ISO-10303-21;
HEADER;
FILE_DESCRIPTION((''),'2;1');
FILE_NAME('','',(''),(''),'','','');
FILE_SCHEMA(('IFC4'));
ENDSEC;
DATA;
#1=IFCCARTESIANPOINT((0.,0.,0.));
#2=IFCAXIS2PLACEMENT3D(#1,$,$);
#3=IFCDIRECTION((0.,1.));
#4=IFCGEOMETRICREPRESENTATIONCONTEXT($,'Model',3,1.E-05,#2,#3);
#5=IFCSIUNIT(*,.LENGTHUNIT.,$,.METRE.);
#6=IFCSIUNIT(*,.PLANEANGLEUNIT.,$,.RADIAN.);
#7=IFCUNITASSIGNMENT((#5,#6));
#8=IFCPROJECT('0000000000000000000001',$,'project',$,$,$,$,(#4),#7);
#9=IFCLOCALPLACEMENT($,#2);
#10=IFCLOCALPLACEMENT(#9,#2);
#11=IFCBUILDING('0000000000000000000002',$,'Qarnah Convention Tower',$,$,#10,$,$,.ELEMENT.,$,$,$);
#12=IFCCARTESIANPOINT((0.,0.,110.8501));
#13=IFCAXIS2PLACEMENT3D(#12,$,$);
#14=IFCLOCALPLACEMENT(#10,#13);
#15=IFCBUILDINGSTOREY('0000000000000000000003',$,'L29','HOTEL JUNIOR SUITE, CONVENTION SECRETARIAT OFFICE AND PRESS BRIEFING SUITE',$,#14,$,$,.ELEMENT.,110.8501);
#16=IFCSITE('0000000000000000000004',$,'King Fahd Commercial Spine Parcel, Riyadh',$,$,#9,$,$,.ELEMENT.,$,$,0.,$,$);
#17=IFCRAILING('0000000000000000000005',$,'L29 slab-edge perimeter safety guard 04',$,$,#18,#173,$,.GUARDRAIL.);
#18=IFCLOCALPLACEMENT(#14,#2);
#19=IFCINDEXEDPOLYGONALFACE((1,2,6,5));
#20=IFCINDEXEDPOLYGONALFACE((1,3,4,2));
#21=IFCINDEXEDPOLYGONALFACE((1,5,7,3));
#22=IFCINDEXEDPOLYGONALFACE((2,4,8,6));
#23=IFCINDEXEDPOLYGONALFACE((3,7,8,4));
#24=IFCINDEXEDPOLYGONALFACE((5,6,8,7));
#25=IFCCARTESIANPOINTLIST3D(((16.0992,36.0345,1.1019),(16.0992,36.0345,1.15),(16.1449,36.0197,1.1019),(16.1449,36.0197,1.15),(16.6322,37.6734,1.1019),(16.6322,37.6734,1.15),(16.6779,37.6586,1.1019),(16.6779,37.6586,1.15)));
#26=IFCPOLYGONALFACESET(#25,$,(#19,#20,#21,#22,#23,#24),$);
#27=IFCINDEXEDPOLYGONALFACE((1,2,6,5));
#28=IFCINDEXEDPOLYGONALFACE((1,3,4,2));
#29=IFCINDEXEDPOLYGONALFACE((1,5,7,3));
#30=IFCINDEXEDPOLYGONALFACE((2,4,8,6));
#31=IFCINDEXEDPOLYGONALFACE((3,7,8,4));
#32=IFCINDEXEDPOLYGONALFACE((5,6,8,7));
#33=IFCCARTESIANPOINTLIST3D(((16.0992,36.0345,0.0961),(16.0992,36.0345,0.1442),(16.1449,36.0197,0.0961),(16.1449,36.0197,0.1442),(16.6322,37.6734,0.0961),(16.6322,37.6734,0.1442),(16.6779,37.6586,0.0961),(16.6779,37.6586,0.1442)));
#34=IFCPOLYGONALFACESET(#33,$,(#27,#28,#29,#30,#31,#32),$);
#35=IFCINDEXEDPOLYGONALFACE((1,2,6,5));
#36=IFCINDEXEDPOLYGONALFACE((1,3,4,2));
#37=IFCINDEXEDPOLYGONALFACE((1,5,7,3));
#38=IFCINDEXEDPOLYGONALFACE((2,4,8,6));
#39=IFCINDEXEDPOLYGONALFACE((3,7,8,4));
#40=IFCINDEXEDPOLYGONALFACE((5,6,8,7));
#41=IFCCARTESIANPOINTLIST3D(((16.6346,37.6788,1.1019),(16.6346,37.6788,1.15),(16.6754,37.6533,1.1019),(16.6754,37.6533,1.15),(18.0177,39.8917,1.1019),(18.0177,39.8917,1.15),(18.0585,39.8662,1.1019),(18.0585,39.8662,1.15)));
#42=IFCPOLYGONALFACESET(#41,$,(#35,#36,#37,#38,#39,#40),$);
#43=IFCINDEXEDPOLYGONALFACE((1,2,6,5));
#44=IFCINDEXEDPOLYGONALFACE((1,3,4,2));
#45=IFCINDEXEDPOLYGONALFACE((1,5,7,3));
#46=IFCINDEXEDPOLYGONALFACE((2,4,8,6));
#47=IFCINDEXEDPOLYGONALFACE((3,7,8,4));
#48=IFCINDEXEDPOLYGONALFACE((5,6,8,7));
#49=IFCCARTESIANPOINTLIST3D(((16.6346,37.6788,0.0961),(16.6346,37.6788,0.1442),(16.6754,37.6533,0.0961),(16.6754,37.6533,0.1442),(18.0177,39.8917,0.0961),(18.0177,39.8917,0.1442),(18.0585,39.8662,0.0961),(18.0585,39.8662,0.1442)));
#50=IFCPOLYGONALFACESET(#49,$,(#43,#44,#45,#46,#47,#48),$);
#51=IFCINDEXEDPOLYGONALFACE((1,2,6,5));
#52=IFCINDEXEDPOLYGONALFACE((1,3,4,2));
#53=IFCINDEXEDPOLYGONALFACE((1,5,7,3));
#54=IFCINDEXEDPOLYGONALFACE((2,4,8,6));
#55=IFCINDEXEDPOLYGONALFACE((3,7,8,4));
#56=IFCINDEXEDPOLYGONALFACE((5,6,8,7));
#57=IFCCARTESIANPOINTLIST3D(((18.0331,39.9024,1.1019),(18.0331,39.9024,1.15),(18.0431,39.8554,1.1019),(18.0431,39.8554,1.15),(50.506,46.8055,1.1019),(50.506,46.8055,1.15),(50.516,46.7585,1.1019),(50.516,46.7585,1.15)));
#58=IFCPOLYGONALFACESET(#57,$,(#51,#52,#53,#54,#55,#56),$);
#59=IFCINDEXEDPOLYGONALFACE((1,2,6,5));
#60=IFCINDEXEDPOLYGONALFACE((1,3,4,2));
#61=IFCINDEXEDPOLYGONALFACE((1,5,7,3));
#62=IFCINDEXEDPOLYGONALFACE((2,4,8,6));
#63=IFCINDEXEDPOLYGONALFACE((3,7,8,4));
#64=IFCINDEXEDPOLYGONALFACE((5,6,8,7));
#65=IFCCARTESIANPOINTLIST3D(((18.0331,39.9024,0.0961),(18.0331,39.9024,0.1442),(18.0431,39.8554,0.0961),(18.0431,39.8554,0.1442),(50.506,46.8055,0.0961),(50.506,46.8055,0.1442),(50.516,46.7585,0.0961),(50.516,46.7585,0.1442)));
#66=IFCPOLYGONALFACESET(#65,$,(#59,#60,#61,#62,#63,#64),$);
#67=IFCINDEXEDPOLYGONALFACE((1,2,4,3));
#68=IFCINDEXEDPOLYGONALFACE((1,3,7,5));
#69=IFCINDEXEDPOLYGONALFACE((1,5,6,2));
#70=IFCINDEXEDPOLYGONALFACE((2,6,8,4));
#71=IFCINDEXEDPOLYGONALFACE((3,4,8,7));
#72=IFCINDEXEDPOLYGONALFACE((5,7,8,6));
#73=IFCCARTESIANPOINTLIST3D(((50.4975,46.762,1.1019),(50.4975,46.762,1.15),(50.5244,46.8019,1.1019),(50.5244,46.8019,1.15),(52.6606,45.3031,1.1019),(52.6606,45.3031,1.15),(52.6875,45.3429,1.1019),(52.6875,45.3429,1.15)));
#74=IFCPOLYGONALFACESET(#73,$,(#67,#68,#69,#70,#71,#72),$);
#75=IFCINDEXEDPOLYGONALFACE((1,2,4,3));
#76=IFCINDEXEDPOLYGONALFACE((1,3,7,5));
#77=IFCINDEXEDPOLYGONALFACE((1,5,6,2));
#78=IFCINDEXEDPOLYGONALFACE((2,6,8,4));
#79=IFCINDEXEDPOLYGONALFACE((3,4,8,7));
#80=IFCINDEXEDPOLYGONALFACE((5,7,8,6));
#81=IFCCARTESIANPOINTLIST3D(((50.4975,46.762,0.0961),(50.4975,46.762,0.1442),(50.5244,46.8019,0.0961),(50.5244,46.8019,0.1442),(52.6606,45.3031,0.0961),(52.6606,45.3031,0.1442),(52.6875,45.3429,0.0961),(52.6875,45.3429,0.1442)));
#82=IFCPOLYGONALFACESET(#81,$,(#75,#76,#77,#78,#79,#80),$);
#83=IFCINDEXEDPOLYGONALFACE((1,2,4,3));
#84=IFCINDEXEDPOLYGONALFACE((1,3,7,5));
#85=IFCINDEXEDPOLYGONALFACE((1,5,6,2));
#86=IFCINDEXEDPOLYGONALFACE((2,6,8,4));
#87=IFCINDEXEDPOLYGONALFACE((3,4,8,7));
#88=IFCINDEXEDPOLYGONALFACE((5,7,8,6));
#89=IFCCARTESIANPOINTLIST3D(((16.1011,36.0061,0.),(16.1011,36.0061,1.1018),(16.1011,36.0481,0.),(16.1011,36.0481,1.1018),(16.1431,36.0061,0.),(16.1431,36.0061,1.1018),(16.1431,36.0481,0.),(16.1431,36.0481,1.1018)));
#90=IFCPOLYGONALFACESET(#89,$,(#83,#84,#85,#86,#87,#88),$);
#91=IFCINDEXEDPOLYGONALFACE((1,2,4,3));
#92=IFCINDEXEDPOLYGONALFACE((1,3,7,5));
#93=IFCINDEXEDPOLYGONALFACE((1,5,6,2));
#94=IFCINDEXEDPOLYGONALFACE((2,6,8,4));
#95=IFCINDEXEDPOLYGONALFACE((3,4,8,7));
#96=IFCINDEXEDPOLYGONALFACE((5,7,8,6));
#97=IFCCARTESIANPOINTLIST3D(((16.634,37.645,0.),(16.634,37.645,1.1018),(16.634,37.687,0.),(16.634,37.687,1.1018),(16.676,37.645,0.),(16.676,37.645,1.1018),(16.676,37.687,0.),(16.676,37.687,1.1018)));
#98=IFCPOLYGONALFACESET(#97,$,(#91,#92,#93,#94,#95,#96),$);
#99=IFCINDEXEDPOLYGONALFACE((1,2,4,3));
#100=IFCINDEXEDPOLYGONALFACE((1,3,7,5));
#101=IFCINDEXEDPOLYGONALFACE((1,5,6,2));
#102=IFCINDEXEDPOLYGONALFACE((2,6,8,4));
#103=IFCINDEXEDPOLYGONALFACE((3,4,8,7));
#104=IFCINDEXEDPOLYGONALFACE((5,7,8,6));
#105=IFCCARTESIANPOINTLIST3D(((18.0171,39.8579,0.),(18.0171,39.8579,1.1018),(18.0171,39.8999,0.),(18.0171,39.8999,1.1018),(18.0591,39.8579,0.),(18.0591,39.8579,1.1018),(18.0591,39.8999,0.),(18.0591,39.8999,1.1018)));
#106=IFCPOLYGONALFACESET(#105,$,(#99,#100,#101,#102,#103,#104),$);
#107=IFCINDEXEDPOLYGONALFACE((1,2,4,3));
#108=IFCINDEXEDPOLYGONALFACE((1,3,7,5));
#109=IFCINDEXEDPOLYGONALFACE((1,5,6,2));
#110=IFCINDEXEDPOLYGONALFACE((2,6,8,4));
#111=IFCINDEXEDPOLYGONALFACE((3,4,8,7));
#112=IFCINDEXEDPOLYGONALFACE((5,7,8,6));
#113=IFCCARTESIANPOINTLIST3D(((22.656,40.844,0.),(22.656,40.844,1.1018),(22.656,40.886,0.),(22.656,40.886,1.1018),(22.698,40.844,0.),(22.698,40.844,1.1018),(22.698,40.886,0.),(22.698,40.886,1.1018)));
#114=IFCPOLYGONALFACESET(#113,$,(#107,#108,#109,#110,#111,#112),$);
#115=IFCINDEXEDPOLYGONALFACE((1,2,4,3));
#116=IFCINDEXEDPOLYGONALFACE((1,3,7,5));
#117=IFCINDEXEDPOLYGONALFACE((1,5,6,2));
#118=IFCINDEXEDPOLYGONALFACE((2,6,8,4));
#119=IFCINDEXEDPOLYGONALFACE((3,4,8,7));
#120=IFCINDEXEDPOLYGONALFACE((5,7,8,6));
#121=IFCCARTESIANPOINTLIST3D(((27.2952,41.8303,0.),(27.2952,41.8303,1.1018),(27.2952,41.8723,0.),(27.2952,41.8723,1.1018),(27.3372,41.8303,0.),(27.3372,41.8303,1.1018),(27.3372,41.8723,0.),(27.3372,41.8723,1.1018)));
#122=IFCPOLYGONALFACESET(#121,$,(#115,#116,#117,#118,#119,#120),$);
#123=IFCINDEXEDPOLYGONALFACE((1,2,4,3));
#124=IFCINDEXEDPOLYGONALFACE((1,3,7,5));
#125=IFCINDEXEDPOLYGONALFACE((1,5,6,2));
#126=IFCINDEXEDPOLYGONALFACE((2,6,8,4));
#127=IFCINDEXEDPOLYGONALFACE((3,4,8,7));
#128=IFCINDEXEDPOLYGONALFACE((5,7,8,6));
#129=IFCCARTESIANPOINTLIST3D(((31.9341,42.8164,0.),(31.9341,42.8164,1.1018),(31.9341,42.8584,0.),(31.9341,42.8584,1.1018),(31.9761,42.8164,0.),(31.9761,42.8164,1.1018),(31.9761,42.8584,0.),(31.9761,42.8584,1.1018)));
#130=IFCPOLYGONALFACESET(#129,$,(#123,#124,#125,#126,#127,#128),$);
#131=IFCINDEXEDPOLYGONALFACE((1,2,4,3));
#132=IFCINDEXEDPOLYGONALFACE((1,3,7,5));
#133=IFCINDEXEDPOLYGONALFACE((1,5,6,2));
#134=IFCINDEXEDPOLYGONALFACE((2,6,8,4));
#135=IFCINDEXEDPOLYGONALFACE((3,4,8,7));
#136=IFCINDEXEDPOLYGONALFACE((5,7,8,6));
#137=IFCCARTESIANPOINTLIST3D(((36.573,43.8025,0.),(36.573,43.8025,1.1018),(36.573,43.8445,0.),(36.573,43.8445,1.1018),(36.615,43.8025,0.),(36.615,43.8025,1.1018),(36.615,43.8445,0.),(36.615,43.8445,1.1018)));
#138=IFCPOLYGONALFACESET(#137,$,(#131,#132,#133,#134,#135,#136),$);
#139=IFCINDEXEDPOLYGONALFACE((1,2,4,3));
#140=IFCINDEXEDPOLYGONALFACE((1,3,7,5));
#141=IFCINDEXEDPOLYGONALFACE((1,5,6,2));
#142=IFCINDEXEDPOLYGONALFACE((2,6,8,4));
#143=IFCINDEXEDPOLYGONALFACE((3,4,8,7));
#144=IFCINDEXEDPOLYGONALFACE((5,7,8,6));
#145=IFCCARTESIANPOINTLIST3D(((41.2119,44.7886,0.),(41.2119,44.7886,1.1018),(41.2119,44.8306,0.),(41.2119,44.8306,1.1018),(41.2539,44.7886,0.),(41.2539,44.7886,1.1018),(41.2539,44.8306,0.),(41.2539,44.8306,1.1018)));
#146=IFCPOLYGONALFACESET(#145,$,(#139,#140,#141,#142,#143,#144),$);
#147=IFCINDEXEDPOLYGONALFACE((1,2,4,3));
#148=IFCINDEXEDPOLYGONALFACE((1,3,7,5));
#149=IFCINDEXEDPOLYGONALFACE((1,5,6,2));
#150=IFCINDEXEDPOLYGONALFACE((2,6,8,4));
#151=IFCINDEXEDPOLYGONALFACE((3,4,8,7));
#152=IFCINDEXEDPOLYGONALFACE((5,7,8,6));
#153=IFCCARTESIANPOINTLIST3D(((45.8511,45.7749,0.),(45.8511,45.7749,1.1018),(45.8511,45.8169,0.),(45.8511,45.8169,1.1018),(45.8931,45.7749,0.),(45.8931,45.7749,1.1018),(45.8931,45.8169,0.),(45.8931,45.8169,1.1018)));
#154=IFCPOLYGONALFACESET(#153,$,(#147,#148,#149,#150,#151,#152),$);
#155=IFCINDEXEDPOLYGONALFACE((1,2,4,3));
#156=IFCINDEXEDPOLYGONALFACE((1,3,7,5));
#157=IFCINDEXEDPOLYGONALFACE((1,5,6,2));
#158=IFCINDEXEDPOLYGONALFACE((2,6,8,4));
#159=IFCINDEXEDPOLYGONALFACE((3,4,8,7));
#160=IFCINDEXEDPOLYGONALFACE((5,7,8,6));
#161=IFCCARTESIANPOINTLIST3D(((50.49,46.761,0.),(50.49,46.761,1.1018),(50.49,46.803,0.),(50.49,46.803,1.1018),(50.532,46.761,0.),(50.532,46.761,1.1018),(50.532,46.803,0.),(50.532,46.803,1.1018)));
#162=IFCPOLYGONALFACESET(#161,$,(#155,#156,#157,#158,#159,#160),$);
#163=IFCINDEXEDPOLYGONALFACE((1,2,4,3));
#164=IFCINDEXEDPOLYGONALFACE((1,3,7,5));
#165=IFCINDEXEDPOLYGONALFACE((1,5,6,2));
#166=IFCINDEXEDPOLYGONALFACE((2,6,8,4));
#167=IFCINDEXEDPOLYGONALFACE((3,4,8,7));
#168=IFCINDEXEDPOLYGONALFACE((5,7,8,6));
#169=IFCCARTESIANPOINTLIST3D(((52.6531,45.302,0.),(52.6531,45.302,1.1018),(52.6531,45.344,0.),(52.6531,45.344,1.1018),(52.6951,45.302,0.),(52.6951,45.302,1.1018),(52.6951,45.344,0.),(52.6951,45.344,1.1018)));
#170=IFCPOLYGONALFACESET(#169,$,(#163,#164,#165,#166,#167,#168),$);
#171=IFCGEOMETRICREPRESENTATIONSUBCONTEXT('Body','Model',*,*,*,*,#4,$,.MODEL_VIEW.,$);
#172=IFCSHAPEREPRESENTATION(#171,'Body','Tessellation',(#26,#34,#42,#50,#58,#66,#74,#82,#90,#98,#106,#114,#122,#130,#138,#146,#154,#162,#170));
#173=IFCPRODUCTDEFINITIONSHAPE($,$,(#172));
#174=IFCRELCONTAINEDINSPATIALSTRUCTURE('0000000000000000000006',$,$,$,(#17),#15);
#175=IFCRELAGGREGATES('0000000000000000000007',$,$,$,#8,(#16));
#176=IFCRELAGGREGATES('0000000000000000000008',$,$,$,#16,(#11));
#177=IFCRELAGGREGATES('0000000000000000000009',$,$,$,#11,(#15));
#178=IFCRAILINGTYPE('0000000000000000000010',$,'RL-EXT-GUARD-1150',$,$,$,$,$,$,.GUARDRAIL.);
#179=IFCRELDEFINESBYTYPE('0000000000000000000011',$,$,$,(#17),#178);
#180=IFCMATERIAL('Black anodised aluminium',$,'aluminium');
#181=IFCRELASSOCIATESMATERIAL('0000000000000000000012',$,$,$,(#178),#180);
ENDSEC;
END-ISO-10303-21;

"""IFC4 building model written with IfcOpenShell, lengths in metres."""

from ifc_helpers import new_model, si_unit, direction, frame, origin, origin_2d, place, context, subcontext, project, spatial, rectangle, extrude, material, type_object, element, save


model = new_model("IFC4")

# Units and contexts
model_context = context("Model", 3, precision=1e-05, world=origin(), true_north=direction((0.0, 1.0)))
body_context = subcontext(model_context, "Body", "Model", "MODEL_VIEW")
ifc_project = project(units=[si_unit("LENGTHUNIT", "METRE"), si_unit("PLANEANGLEUNIT", "RADIAN")], contexts=[model_context])

# Site, building, storey
site_placement = place(None, origin())
site = spatial("IfcSite", under=ifc_project, at=site_placement, Name="King Fahd Commercial Spine Parcel, Riyadh", CompositionType="ELEMENT", RefElevation=0.0)
building_placement = place(site_placement, origin())
building = spatial("IfcBuilding", under=site, at=building_placement, Name="Qarnah Convention Tower", CompositionType="ELEMENT")
storey_placement = place(building_placement, frame((0.0, 0.0, 110.8501)))
storey = spatial("IfcBuildingStorey", under=building, at=storey_placement, Name="L29", Description="HOTEL JUNIOR SUITE, CONVENTION SECRETARIAT OFFICE AND PRESS BRIEFING SUITE", CompositionType="ELEMENT", Elevation=110.8501)

# Shared definitions
ifc_material_1 = material(Name="Black anodised aluminium", Category="aluminium")

# Railing
railing_type = type_object("IfcRailingType", Name="RL-EXT-GUARD-1150", PredefinedType="GUARDRAIL", material=ifc_material_1)
railing_placement = place(storey_placement, frame((16.1221, 36.0271, 0.0)))
element("IfcRailing", 1, at=railing_placement, inside=storey, type_object=railing_type, Name="L29 slab-edge perimeter safety guard 04", PredefinedType="GUARDRAIL", context=body_context, shape_type="SweptSolid", body=[
    extrude(rectangle(XDim=0.0481, YDim=0.0481, at=origin_2d()), frame((0.0, 0.0, 1.126), z_axis=(0.309249, 0.950981, 0.0), x_axis=(-0.950981, 0.309249, 0.0)), (0.0, 0.0, 1.0), 1.7234),
    extrude(rectangle(XDim=0.0481, YDim=0.0481, at=origin_2d()), frame((0.0, 0.0, 0.1201), z_axis=(0.309249, 0.950981, 0.0), x_axis=(-0.950981, 0.309249, 0.0)), (0.0, 0.0, 1.0), 1.7234),
    extrude(rectangle(XDim=0.0481, YDim=0.0481, at=origin_2d()), frame((0.533, 1.6389, 1.126), z_axis=(0.529999, 0.847998, 0.0), x_axis=(-0.847998, 0.529999, 0.0)), (0.0, 0.0, 1.0), 2.6096),
    extrude(rectangle(XDim=0.0481, YDim=0.0481, at=origin_2d()), frame((0.533, 1.6389, 0.1201), z_axis=(0.529999, 0.847998, 0.0), x_axis=(-0.847998, 0.529999, 0.0)), (0.0, 0.0, 1.0), 2.6096),
    extrude(rectangle(XDim=0.0481, YDim=0.0481, at=origin_2d()), frame((1.916, 3.8518, 1.126), z_axis=(0.978143, 0.207933, 0.0), x_axis=(-0.207933, 0.978143, 0.0)), (0.0, 0.0, 1.0), 33.1985),
    extrude(rectangle(XDim=0.0481, YDim=0.0481, at=origin_2d()), frame((1.916, 3.8518, 0.1201), z_axis=(0.978143, 0.207933, 0.0), x_axis=(-0.207933, 0.978143, 0.0)), (0.0, 0.0, 1.0), 33.1985),
    extrude(rectangle(XDim=0.0481, YDim=0.0481, at=origin_2d()), frame((34.3889, 10.7549, 1.126), z_axis=(0.829044, -0.559184, 0.0), x_axis=(0.559184, 0.829044, 0.0)), (0.0, 0.0, 1.0), 2.6091),
    extrude(rectangle(XDim=0.0481, YDim=0.0481, at=origin_2d()), frame((34.3889, 10.7549, 0.1201), z_axis=(0.829044, -0.559184, 0.0), x_axis=(0.559184, 0.829044, 0.0)), (0.0, 0.0, 1.0), 2.6091),
    extrude(rectangle(XDim=0.042, YDim=0.042, at=origin_2d()), origin(), (0.0, 0.0, 1.0), 1.1018),
    extrude(rectangle(XDim=0.042, YDim=0.042, at=origin_2d()), frame((0.533, 1.6389, 0.0)), (0.0, 0.0, 1.0), 1.1018),
    extrude(rectangle(XDim=0.042, YDim=0.042, at=origin_2d()), frame((1.916, 3.8518, 0.0)), (0.0, 0.0, 1.0), 1.1018),
    extrude(rectangle(XDim=0.042, YDim=0.042, at=origin_2d()), frame((6.5549, 4.8379, 0.0)), (0.0, 0.0, 1.0), 1.1018),
    extrude(rectangle(XDim=0.042, YDim=0.042, at=origin_2d()), frame((11.1941, 5.8242, 0.0)), (0.0, 0.0, 1.0), 1.1018),
    extrude(rectangle(XDim=0.042, YDim=0.042, at=origin_2d()), frame((15.833, 6.8103, 0.0)), (0.0, 0.0, 1.0), 1.1018),
    extrude(rectangle(XDim=0.042, YDim=0.042, at=origin_2d()), frame((20.4719, 7.7964, 0.0)), (0.0, 0.0, 1.0), 1.1018),
    extrude(rectangle(XDim=0.042, YDim=0.042, at=origin_2d()), frame((25.1108, 8.7825, 0.0)), (0.0, 0.0, 1.0), 1.1018),
    extrude(rectangle(XDim=0.042, YDim=0.042, at=origin_2d()), frame((29.75, 9.7688, 0.0)), (0.0, 0.0, 1.0), 1.1018),
    extrude(rectangle(XDim=0.042, YDim=0.042, at=origin_2d()), frame((34.3889, 10.7549, 0.0)), (0.0, 0.0, 1.0), 1.1018),
    extrude(rectangle(XDim=0.042, YDim=0.042, at=origin_2d()), frame((36.552, 9.2959, 0.0)), (0.0, 0.0, 1.0), 1.1018),
])

save(model, "model.ifc")
